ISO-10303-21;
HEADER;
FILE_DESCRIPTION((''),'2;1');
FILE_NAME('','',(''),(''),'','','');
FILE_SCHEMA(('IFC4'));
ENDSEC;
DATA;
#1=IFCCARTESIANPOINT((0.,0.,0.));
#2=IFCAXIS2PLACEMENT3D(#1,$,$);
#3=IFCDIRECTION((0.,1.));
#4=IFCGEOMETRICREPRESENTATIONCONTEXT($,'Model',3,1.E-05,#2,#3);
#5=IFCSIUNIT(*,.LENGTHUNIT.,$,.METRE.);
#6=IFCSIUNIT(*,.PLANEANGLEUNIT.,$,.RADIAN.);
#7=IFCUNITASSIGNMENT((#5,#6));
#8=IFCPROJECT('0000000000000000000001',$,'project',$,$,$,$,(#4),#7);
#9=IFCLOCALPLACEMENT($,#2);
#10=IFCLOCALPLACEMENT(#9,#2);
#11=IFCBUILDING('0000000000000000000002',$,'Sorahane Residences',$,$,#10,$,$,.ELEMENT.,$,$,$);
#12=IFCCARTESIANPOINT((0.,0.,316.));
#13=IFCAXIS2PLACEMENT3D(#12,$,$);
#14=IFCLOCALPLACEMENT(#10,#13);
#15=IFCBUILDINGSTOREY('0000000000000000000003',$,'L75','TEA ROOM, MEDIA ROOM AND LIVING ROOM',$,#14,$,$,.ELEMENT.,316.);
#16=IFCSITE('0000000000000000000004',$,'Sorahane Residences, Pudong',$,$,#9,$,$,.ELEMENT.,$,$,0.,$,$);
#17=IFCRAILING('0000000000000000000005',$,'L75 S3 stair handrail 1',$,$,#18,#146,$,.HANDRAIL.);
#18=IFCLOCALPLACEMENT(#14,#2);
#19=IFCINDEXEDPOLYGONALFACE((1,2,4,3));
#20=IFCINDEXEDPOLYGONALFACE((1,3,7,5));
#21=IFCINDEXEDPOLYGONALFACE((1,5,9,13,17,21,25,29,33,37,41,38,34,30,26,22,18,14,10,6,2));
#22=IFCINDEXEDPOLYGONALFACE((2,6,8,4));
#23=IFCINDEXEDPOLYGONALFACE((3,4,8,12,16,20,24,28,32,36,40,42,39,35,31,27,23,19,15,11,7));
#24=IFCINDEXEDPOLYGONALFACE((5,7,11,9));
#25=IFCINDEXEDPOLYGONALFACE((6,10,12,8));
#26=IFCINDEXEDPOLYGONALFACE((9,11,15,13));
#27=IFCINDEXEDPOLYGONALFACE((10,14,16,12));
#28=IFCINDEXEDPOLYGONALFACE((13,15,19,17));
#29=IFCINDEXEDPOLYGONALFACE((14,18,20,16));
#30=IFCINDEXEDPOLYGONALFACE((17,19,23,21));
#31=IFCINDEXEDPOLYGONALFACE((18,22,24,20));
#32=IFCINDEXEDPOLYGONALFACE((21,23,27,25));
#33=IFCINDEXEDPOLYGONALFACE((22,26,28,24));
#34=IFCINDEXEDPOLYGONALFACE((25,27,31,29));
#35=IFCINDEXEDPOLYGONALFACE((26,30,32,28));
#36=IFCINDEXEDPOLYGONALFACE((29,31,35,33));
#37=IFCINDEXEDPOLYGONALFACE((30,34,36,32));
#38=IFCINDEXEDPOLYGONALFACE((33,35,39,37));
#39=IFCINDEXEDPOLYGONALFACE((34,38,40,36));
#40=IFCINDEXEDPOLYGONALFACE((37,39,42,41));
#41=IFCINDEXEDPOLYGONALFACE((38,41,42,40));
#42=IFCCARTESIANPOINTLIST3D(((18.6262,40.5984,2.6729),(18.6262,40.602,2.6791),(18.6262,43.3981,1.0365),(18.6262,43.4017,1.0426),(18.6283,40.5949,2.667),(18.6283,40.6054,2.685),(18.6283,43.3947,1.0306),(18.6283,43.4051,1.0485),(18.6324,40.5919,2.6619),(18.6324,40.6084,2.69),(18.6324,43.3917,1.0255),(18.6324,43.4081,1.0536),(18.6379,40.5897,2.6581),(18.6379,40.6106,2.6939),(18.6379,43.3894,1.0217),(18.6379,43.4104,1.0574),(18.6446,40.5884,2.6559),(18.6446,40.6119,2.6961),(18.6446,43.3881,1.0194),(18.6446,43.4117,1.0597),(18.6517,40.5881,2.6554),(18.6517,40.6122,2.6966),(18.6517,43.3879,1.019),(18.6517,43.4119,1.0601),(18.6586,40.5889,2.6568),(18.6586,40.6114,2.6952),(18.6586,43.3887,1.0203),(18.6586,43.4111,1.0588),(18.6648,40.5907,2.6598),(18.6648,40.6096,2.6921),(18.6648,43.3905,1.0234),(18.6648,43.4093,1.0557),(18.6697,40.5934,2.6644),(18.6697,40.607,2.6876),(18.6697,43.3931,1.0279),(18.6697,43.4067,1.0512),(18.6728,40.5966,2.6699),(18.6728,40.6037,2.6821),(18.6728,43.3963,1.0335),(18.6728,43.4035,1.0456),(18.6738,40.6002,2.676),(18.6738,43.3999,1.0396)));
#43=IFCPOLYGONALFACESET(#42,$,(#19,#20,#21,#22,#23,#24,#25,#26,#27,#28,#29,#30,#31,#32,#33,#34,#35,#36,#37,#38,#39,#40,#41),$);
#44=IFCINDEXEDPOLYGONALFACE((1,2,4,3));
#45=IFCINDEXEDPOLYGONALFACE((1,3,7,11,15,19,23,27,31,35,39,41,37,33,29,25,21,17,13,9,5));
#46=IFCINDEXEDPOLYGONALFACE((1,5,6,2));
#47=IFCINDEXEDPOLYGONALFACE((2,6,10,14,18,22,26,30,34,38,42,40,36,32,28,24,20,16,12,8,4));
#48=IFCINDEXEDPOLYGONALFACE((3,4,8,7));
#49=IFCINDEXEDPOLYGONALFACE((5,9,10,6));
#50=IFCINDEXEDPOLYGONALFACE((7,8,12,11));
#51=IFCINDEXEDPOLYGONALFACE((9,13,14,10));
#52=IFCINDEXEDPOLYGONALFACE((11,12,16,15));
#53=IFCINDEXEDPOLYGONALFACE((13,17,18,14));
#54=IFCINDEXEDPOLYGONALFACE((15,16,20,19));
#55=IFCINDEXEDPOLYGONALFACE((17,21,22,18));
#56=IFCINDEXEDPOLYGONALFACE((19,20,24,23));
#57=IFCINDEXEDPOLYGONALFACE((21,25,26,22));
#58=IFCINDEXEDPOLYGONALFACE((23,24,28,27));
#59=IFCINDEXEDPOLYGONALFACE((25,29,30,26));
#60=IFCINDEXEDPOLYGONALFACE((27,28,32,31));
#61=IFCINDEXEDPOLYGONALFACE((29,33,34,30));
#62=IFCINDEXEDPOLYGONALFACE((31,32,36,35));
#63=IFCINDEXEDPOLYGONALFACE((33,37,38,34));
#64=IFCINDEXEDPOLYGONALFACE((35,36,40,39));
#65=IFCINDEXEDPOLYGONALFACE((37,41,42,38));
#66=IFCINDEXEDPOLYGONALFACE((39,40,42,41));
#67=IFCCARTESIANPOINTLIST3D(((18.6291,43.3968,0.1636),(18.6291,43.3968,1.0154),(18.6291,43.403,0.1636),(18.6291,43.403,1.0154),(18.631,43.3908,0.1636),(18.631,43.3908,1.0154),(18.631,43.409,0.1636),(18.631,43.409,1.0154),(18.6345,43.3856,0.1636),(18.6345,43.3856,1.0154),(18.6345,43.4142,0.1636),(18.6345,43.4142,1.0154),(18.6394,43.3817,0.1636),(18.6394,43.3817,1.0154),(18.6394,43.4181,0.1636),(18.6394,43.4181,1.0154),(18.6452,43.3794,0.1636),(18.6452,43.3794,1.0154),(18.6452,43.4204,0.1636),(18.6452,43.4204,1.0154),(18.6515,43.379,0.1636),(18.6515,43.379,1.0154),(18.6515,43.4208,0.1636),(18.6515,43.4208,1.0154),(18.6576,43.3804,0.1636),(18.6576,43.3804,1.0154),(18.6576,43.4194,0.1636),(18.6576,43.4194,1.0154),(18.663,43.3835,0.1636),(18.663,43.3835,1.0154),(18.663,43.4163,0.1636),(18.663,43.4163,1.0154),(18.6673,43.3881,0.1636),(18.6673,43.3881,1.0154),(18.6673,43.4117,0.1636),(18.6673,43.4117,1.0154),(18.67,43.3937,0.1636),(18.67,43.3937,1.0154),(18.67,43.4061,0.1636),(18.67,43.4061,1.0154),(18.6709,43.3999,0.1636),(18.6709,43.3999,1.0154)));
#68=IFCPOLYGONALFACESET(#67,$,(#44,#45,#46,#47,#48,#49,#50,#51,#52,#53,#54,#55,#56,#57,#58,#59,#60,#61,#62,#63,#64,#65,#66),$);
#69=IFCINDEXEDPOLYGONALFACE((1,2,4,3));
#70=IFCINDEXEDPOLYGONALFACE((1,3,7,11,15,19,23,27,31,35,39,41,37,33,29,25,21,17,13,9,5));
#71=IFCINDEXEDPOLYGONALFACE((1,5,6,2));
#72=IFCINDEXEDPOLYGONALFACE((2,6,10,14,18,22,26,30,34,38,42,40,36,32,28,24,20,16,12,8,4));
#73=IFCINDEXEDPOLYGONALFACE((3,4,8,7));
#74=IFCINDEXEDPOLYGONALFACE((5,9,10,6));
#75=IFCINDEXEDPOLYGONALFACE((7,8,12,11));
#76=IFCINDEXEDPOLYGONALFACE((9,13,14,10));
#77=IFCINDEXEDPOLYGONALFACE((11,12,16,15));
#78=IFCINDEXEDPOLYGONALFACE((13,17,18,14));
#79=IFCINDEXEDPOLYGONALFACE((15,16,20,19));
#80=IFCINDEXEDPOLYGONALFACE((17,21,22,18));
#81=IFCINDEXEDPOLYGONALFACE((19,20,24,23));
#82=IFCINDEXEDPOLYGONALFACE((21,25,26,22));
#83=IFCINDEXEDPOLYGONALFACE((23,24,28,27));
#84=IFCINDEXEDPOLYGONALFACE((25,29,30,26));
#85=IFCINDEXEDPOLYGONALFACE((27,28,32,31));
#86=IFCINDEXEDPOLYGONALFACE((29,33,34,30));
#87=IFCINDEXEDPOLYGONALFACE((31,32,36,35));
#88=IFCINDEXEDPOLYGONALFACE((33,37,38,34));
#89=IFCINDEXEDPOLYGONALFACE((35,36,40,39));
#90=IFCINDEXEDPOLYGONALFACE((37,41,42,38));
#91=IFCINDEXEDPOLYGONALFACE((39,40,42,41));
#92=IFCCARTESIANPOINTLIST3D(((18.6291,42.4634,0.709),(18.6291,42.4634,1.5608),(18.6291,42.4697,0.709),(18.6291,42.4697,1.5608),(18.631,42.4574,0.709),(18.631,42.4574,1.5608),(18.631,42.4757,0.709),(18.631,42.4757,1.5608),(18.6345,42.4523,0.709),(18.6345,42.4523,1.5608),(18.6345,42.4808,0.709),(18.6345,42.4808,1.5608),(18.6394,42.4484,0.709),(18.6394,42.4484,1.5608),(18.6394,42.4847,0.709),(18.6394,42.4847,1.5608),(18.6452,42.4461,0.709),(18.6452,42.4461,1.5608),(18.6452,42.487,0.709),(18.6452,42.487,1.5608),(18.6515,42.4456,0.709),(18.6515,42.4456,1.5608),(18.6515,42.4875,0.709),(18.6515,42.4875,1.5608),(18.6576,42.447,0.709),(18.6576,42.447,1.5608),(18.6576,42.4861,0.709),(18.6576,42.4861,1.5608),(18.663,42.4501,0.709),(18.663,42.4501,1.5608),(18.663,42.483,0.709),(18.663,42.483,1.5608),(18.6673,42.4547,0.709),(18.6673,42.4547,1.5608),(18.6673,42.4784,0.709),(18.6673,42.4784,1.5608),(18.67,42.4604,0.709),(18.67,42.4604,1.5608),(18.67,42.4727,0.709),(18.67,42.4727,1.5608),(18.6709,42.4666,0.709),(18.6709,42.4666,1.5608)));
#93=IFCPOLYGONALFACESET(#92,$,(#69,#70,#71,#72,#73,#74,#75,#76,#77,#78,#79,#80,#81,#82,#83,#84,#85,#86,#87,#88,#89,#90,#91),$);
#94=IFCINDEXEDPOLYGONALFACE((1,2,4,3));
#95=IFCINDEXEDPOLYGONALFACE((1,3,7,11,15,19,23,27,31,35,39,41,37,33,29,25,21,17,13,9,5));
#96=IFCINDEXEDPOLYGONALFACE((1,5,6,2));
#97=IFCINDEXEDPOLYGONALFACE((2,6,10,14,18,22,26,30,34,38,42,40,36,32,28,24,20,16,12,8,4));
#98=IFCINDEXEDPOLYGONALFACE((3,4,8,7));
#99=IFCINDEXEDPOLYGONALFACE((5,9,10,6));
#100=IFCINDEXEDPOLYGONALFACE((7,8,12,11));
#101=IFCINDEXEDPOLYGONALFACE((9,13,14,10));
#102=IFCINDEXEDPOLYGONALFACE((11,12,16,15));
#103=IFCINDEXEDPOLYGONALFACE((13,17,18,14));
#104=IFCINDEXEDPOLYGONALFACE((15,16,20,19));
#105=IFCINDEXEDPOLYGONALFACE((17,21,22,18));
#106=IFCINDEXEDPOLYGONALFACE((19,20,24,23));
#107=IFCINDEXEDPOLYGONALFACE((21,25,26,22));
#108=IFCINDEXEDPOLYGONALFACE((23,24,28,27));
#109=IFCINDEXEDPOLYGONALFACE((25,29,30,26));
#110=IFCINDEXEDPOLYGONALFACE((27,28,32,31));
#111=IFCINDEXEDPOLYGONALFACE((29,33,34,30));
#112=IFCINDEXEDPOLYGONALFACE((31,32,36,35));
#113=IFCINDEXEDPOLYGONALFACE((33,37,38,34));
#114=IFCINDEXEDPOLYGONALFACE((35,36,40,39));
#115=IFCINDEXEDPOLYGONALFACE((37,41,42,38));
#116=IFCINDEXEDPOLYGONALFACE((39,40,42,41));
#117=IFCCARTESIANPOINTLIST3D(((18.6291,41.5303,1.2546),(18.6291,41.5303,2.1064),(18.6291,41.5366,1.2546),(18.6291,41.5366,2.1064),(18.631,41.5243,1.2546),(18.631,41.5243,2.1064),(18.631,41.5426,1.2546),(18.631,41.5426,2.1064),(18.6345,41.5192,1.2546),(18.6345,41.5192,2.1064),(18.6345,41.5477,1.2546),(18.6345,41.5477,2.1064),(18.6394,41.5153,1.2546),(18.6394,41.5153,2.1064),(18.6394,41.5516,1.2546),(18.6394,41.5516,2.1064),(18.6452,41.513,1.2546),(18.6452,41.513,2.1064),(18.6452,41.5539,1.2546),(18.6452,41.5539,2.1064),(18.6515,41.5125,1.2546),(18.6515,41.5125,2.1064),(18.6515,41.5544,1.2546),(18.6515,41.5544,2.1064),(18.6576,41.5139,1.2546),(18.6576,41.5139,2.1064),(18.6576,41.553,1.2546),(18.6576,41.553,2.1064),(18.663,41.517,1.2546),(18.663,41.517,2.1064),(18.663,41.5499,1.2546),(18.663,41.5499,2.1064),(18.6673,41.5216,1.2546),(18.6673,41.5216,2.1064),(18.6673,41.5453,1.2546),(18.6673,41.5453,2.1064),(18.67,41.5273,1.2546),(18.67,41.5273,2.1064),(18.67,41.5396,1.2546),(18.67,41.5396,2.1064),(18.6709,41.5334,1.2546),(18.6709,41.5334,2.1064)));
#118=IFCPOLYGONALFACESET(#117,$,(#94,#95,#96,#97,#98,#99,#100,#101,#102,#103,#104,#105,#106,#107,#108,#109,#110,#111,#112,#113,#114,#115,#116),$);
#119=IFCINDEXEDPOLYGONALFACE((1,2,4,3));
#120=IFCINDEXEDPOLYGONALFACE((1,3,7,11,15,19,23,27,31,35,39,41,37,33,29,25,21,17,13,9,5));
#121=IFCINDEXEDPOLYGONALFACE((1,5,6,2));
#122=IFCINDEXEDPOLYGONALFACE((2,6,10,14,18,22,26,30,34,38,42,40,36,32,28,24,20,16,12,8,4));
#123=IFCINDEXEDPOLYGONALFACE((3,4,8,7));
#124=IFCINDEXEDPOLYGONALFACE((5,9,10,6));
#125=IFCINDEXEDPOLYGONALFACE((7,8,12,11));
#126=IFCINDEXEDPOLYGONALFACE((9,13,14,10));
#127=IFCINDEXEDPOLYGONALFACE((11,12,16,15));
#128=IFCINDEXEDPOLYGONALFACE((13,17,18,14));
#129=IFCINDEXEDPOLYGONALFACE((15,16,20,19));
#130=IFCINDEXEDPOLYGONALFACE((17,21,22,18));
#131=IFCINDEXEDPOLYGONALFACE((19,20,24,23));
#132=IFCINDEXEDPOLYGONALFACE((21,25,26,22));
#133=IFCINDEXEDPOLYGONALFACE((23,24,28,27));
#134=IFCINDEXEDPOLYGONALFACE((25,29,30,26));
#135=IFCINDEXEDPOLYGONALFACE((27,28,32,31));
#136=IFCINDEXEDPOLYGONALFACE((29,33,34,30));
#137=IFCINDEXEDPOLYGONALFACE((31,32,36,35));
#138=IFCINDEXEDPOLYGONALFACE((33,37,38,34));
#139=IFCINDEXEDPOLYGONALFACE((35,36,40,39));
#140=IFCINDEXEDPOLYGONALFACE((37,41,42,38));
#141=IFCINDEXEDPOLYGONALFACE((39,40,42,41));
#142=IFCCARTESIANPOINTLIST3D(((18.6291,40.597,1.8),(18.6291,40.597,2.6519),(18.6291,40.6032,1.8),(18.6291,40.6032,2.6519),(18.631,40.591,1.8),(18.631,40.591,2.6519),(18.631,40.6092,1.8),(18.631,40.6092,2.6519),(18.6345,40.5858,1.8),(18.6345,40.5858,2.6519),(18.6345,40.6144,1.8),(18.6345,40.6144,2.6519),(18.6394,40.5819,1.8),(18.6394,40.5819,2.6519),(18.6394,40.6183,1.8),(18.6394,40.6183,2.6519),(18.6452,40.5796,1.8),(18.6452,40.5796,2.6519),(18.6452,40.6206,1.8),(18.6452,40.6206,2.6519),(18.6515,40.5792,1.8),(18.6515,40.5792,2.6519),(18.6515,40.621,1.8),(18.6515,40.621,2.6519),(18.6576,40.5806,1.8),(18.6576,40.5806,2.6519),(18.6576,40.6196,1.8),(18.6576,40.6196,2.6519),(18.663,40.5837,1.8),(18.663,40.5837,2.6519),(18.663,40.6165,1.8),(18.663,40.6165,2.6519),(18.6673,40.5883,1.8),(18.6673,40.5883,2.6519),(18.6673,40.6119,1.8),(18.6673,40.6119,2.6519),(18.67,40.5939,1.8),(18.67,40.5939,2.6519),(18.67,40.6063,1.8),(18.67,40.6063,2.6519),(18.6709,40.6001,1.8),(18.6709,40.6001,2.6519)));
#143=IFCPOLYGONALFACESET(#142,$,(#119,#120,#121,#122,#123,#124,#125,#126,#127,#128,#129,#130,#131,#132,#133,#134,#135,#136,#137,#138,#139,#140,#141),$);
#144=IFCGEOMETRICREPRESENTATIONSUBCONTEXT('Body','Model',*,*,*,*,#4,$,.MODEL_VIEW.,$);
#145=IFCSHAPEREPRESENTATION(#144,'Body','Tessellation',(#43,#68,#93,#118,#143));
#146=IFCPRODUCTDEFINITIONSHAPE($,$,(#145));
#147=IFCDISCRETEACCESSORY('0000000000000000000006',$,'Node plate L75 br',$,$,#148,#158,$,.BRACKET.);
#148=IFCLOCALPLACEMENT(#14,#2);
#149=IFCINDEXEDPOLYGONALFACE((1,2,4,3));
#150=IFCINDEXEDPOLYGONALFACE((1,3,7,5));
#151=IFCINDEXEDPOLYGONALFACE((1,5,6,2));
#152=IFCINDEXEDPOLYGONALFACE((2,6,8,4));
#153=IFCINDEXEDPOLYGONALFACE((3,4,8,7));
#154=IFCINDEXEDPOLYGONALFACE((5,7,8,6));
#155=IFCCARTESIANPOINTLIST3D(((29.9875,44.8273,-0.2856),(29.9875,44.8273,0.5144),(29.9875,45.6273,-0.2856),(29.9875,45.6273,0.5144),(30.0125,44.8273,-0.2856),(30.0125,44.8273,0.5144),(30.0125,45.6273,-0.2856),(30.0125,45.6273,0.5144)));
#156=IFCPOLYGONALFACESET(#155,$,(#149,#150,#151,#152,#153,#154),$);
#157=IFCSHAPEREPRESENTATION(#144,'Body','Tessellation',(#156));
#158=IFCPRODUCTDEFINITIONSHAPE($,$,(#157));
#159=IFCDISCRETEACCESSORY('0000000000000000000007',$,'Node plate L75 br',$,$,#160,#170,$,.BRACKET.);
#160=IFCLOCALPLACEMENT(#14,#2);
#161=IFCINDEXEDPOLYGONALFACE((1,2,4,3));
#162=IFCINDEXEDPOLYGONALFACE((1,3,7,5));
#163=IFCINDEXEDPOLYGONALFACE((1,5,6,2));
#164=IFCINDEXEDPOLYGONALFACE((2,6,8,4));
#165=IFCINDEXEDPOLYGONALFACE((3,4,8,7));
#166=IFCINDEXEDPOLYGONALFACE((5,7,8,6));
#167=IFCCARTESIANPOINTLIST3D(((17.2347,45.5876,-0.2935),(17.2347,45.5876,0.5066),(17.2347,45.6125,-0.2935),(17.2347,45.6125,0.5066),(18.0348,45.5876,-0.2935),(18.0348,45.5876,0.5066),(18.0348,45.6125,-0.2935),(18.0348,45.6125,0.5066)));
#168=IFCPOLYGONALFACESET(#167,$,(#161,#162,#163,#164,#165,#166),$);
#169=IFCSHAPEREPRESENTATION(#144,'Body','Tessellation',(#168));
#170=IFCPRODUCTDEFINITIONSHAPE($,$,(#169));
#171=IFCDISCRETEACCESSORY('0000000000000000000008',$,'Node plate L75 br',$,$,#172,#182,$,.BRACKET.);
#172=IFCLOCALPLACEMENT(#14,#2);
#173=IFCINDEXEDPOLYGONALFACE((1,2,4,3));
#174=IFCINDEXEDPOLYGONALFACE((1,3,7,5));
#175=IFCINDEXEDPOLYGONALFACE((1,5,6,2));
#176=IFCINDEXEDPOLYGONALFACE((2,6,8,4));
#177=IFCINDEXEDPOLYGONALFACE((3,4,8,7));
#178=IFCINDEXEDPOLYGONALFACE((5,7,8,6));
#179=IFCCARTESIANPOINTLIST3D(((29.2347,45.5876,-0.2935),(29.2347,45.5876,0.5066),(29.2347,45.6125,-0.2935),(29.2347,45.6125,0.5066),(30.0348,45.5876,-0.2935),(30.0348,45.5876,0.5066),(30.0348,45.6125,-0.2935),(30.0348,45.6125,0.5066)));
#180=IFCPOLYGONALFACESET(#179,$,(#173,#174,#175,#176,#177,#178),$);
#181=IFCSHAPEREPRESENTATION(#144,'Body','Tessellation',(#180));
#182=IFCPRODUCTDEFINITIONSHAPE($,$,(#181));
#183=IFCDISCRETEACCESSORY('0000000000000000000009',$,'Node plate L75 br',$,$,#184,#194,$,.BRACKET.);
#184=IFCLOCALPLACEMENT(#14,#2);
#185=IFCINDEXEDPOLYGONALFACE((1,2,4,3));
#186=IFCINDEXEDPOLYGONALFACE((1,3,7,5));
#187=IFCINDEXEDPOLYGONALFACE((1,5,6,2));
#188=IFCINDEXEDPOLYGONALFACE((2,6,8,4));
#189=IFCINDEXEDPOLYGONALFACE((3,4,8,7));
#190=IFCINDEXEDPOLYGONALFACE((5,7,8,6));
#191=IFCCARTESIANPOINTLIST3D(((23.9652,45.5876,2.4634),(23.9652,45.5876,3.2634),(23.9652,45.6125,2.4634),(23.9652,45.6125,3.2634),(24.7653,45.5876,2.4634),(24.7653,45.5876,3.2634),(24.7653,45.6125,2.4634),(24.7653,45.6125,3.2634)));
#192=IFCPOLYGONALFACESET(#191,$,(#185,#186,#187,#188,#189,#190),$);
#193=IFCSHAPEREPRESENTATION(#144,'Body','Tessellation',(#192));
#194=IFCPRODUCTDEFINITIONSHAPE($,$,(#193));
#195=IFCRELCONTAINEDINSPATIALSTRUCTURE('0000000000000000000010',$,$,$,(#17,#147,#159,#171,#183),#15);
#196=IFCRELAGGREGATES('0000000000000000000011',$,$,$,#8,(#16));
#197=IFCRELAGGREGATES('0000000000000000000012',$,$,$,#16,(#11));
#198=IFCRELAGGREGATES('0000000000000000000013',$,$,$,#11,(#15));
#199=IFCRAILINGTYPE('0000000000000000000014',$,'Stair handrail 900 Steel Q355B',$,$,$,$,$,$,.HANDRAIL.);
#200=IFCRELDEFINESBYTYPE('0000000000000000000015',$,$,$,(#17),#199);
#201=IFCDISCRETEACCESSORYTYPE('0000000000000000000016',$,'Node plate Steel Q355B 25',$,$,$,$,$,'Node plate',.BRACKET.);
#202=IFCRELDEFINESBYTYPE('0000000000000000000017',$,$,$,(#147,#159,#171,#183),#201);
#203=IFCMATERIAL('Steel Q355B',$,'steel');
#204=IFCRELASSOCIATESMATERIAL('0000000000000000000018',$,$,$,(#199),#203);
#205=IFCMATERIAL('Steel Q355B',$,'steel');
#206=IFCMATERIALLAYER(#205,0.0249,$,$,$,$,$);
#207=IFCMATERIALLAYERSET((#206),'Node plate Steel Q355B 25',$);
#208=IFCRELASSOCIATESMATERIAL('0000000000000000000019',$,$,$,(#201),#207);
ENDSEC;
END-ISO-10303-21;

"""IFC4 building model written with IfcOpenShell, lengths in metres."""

from ifc_helpers import new_model, si_unit, direction, frame, origin, origin_2d, place, context, subcontext, project, spatial, rectangle, circle, extrude, material, layer, layer_set, type_object, element, save


model = new_model("IFC4")

# Units and contexts
model_context = context("Model", 3, precision=1e-05, world=origin(), true_north=direction((0.0, 1.0)))
body_context = subcontext(model_context, "Body", "Model", "MODEL_VIEW")
ifc_project = project(units=[si_unit("LENGTHUNIT", "METRE"), si_unit("PLANEANGLEUNIT", "RADIAN")], contexts=[model_context])

# Site, building, storey
site_placement = place(None, origin())
site = spatial("IfcSite", under=ifc_project, at=site_placement, Name="Sorahane Residences, Pudong", CompositionType="ELEMENT", RefElevation=0.0)
building_placement = place(site_placement, origin())
building = spatial("IfcBuilding", under=site, at=building_placement, Name="Sorahane Residences", CompositionType="ELEMENT")
storey_placement = place(building_placement, frame((0.0, 0.0, 316.0)))
storey = spatial("IfcBuildingStorey", under=building, at=storey_placement, Name="L75", Description="TEA ROOM, MEDIA ROOM AND LIVING ROOM", CompositionType="ELEMENT", Elevation=316.0)

# Railing
ifc_material_1 = material(Name="Steel Q355B", Category="steel")
railing_type_1 = type_object("IfcRailingType", Name="Stair handrail 900 Steel Q355B", PredefinedType="HANDRAIL", material=ifc_material_1)
railing_1_placement = place(storey_placement, frame((18.6499, 43.3999, 0.1636)))
element("IfcRailing", 1, at=railing_1_placement, inside=storey, type_object=railing_type_1, Name="L75 S3 stair handrail 1", PredefinedType="HANDRAIL", context=body_context, shape_type="SweptSolid", body=[
    extrude(circle(Radius=0.0239, at=origin_2d()), frame((0.0, 0.0, 0.876), z_axis=(0.0, -0.863342, 0.50462), x_axis=(1.0, 0.0, 0.0)), (0.0, 0.0, 1.0), 3.2429),
    extrude(circle(Radius=0.021, at=origin_2d()), origin(), (0.0, 0.0, 1.0), 0.8518),
    extrude(circle(Radius=0.021, at=origin_2d()), frame((0.0, -0.9333, 0.5454)), (0.0, 0.0, 1.0), 0.8518),
    extrude(circle(Radius=0.021, at=origin_2d()), frame((0.0, -1.8665, 1.0911)), (0.0, 0.0, 1.0), 0.8518),
    extrude(circle(Radius=0.021, at=origin_2d()), frame((0.0, -2.7998, 1.6365)), (0.0, 0.0, 1.0), 0.8518),
])

# Discrete accessories
ifc_material_2 = material(Name="Steel Q355B", Category="steel")
ifc_layer_1 = layer(ifc_material_2, 0.0249)
ifc_layer_set_1 = layer_set([ifc_layer_1], Name="Node plate Steel Q355B 25")
discrete_accessory_type = type_object("IfcDiscreteAccessoryType", Name="Node plate Steel Q355B 25", ElementType="Node plate", PredefinedType="BRACKET", material=ifc_layer_set_1)
for number, where, z_axis, x_axis, name in (
    (2, (30.0, 45.2273, -0.2856), (0.0, 0.0, 1.0), (0.0, 1.0, 0.0), "Node plate L75 br"),
    (3, (17.6348, 45.6001, -0.2935), (0.0, 0.0, 1.0), (1.0, 0.0, 0.0), "Node plate L75 br"),
    (4, (29.6348, 45.6001, -0.2935), (0.0, 0.0, 1.0), (1.0, 0.0, 0.0), "Node plate L75 br"),
    (5, (24.3652, 45.6001, 2.4634), (0.0, 0.0, 1.0), (1.0, 0.0, 0.0), "Node plate L75 br"),
):
    element("IfcDiscreteAccessory", number, at=place(storey_placement, frame(where, z_axis=z_axis, x_axis=x_axis)), inside=storey, type_object=discrete_accessory_type, Name=name, PredefinedType="BRACKET", context=body_context, shape_type="SweptSolid", body=[
        extrude(rectangle(XDim=0.8, YDim=0.0249, at=origin_2d()), origin(), (0.0, 0.0, 1.0), 0.8),
    ])

save(model, "model.ifc")
